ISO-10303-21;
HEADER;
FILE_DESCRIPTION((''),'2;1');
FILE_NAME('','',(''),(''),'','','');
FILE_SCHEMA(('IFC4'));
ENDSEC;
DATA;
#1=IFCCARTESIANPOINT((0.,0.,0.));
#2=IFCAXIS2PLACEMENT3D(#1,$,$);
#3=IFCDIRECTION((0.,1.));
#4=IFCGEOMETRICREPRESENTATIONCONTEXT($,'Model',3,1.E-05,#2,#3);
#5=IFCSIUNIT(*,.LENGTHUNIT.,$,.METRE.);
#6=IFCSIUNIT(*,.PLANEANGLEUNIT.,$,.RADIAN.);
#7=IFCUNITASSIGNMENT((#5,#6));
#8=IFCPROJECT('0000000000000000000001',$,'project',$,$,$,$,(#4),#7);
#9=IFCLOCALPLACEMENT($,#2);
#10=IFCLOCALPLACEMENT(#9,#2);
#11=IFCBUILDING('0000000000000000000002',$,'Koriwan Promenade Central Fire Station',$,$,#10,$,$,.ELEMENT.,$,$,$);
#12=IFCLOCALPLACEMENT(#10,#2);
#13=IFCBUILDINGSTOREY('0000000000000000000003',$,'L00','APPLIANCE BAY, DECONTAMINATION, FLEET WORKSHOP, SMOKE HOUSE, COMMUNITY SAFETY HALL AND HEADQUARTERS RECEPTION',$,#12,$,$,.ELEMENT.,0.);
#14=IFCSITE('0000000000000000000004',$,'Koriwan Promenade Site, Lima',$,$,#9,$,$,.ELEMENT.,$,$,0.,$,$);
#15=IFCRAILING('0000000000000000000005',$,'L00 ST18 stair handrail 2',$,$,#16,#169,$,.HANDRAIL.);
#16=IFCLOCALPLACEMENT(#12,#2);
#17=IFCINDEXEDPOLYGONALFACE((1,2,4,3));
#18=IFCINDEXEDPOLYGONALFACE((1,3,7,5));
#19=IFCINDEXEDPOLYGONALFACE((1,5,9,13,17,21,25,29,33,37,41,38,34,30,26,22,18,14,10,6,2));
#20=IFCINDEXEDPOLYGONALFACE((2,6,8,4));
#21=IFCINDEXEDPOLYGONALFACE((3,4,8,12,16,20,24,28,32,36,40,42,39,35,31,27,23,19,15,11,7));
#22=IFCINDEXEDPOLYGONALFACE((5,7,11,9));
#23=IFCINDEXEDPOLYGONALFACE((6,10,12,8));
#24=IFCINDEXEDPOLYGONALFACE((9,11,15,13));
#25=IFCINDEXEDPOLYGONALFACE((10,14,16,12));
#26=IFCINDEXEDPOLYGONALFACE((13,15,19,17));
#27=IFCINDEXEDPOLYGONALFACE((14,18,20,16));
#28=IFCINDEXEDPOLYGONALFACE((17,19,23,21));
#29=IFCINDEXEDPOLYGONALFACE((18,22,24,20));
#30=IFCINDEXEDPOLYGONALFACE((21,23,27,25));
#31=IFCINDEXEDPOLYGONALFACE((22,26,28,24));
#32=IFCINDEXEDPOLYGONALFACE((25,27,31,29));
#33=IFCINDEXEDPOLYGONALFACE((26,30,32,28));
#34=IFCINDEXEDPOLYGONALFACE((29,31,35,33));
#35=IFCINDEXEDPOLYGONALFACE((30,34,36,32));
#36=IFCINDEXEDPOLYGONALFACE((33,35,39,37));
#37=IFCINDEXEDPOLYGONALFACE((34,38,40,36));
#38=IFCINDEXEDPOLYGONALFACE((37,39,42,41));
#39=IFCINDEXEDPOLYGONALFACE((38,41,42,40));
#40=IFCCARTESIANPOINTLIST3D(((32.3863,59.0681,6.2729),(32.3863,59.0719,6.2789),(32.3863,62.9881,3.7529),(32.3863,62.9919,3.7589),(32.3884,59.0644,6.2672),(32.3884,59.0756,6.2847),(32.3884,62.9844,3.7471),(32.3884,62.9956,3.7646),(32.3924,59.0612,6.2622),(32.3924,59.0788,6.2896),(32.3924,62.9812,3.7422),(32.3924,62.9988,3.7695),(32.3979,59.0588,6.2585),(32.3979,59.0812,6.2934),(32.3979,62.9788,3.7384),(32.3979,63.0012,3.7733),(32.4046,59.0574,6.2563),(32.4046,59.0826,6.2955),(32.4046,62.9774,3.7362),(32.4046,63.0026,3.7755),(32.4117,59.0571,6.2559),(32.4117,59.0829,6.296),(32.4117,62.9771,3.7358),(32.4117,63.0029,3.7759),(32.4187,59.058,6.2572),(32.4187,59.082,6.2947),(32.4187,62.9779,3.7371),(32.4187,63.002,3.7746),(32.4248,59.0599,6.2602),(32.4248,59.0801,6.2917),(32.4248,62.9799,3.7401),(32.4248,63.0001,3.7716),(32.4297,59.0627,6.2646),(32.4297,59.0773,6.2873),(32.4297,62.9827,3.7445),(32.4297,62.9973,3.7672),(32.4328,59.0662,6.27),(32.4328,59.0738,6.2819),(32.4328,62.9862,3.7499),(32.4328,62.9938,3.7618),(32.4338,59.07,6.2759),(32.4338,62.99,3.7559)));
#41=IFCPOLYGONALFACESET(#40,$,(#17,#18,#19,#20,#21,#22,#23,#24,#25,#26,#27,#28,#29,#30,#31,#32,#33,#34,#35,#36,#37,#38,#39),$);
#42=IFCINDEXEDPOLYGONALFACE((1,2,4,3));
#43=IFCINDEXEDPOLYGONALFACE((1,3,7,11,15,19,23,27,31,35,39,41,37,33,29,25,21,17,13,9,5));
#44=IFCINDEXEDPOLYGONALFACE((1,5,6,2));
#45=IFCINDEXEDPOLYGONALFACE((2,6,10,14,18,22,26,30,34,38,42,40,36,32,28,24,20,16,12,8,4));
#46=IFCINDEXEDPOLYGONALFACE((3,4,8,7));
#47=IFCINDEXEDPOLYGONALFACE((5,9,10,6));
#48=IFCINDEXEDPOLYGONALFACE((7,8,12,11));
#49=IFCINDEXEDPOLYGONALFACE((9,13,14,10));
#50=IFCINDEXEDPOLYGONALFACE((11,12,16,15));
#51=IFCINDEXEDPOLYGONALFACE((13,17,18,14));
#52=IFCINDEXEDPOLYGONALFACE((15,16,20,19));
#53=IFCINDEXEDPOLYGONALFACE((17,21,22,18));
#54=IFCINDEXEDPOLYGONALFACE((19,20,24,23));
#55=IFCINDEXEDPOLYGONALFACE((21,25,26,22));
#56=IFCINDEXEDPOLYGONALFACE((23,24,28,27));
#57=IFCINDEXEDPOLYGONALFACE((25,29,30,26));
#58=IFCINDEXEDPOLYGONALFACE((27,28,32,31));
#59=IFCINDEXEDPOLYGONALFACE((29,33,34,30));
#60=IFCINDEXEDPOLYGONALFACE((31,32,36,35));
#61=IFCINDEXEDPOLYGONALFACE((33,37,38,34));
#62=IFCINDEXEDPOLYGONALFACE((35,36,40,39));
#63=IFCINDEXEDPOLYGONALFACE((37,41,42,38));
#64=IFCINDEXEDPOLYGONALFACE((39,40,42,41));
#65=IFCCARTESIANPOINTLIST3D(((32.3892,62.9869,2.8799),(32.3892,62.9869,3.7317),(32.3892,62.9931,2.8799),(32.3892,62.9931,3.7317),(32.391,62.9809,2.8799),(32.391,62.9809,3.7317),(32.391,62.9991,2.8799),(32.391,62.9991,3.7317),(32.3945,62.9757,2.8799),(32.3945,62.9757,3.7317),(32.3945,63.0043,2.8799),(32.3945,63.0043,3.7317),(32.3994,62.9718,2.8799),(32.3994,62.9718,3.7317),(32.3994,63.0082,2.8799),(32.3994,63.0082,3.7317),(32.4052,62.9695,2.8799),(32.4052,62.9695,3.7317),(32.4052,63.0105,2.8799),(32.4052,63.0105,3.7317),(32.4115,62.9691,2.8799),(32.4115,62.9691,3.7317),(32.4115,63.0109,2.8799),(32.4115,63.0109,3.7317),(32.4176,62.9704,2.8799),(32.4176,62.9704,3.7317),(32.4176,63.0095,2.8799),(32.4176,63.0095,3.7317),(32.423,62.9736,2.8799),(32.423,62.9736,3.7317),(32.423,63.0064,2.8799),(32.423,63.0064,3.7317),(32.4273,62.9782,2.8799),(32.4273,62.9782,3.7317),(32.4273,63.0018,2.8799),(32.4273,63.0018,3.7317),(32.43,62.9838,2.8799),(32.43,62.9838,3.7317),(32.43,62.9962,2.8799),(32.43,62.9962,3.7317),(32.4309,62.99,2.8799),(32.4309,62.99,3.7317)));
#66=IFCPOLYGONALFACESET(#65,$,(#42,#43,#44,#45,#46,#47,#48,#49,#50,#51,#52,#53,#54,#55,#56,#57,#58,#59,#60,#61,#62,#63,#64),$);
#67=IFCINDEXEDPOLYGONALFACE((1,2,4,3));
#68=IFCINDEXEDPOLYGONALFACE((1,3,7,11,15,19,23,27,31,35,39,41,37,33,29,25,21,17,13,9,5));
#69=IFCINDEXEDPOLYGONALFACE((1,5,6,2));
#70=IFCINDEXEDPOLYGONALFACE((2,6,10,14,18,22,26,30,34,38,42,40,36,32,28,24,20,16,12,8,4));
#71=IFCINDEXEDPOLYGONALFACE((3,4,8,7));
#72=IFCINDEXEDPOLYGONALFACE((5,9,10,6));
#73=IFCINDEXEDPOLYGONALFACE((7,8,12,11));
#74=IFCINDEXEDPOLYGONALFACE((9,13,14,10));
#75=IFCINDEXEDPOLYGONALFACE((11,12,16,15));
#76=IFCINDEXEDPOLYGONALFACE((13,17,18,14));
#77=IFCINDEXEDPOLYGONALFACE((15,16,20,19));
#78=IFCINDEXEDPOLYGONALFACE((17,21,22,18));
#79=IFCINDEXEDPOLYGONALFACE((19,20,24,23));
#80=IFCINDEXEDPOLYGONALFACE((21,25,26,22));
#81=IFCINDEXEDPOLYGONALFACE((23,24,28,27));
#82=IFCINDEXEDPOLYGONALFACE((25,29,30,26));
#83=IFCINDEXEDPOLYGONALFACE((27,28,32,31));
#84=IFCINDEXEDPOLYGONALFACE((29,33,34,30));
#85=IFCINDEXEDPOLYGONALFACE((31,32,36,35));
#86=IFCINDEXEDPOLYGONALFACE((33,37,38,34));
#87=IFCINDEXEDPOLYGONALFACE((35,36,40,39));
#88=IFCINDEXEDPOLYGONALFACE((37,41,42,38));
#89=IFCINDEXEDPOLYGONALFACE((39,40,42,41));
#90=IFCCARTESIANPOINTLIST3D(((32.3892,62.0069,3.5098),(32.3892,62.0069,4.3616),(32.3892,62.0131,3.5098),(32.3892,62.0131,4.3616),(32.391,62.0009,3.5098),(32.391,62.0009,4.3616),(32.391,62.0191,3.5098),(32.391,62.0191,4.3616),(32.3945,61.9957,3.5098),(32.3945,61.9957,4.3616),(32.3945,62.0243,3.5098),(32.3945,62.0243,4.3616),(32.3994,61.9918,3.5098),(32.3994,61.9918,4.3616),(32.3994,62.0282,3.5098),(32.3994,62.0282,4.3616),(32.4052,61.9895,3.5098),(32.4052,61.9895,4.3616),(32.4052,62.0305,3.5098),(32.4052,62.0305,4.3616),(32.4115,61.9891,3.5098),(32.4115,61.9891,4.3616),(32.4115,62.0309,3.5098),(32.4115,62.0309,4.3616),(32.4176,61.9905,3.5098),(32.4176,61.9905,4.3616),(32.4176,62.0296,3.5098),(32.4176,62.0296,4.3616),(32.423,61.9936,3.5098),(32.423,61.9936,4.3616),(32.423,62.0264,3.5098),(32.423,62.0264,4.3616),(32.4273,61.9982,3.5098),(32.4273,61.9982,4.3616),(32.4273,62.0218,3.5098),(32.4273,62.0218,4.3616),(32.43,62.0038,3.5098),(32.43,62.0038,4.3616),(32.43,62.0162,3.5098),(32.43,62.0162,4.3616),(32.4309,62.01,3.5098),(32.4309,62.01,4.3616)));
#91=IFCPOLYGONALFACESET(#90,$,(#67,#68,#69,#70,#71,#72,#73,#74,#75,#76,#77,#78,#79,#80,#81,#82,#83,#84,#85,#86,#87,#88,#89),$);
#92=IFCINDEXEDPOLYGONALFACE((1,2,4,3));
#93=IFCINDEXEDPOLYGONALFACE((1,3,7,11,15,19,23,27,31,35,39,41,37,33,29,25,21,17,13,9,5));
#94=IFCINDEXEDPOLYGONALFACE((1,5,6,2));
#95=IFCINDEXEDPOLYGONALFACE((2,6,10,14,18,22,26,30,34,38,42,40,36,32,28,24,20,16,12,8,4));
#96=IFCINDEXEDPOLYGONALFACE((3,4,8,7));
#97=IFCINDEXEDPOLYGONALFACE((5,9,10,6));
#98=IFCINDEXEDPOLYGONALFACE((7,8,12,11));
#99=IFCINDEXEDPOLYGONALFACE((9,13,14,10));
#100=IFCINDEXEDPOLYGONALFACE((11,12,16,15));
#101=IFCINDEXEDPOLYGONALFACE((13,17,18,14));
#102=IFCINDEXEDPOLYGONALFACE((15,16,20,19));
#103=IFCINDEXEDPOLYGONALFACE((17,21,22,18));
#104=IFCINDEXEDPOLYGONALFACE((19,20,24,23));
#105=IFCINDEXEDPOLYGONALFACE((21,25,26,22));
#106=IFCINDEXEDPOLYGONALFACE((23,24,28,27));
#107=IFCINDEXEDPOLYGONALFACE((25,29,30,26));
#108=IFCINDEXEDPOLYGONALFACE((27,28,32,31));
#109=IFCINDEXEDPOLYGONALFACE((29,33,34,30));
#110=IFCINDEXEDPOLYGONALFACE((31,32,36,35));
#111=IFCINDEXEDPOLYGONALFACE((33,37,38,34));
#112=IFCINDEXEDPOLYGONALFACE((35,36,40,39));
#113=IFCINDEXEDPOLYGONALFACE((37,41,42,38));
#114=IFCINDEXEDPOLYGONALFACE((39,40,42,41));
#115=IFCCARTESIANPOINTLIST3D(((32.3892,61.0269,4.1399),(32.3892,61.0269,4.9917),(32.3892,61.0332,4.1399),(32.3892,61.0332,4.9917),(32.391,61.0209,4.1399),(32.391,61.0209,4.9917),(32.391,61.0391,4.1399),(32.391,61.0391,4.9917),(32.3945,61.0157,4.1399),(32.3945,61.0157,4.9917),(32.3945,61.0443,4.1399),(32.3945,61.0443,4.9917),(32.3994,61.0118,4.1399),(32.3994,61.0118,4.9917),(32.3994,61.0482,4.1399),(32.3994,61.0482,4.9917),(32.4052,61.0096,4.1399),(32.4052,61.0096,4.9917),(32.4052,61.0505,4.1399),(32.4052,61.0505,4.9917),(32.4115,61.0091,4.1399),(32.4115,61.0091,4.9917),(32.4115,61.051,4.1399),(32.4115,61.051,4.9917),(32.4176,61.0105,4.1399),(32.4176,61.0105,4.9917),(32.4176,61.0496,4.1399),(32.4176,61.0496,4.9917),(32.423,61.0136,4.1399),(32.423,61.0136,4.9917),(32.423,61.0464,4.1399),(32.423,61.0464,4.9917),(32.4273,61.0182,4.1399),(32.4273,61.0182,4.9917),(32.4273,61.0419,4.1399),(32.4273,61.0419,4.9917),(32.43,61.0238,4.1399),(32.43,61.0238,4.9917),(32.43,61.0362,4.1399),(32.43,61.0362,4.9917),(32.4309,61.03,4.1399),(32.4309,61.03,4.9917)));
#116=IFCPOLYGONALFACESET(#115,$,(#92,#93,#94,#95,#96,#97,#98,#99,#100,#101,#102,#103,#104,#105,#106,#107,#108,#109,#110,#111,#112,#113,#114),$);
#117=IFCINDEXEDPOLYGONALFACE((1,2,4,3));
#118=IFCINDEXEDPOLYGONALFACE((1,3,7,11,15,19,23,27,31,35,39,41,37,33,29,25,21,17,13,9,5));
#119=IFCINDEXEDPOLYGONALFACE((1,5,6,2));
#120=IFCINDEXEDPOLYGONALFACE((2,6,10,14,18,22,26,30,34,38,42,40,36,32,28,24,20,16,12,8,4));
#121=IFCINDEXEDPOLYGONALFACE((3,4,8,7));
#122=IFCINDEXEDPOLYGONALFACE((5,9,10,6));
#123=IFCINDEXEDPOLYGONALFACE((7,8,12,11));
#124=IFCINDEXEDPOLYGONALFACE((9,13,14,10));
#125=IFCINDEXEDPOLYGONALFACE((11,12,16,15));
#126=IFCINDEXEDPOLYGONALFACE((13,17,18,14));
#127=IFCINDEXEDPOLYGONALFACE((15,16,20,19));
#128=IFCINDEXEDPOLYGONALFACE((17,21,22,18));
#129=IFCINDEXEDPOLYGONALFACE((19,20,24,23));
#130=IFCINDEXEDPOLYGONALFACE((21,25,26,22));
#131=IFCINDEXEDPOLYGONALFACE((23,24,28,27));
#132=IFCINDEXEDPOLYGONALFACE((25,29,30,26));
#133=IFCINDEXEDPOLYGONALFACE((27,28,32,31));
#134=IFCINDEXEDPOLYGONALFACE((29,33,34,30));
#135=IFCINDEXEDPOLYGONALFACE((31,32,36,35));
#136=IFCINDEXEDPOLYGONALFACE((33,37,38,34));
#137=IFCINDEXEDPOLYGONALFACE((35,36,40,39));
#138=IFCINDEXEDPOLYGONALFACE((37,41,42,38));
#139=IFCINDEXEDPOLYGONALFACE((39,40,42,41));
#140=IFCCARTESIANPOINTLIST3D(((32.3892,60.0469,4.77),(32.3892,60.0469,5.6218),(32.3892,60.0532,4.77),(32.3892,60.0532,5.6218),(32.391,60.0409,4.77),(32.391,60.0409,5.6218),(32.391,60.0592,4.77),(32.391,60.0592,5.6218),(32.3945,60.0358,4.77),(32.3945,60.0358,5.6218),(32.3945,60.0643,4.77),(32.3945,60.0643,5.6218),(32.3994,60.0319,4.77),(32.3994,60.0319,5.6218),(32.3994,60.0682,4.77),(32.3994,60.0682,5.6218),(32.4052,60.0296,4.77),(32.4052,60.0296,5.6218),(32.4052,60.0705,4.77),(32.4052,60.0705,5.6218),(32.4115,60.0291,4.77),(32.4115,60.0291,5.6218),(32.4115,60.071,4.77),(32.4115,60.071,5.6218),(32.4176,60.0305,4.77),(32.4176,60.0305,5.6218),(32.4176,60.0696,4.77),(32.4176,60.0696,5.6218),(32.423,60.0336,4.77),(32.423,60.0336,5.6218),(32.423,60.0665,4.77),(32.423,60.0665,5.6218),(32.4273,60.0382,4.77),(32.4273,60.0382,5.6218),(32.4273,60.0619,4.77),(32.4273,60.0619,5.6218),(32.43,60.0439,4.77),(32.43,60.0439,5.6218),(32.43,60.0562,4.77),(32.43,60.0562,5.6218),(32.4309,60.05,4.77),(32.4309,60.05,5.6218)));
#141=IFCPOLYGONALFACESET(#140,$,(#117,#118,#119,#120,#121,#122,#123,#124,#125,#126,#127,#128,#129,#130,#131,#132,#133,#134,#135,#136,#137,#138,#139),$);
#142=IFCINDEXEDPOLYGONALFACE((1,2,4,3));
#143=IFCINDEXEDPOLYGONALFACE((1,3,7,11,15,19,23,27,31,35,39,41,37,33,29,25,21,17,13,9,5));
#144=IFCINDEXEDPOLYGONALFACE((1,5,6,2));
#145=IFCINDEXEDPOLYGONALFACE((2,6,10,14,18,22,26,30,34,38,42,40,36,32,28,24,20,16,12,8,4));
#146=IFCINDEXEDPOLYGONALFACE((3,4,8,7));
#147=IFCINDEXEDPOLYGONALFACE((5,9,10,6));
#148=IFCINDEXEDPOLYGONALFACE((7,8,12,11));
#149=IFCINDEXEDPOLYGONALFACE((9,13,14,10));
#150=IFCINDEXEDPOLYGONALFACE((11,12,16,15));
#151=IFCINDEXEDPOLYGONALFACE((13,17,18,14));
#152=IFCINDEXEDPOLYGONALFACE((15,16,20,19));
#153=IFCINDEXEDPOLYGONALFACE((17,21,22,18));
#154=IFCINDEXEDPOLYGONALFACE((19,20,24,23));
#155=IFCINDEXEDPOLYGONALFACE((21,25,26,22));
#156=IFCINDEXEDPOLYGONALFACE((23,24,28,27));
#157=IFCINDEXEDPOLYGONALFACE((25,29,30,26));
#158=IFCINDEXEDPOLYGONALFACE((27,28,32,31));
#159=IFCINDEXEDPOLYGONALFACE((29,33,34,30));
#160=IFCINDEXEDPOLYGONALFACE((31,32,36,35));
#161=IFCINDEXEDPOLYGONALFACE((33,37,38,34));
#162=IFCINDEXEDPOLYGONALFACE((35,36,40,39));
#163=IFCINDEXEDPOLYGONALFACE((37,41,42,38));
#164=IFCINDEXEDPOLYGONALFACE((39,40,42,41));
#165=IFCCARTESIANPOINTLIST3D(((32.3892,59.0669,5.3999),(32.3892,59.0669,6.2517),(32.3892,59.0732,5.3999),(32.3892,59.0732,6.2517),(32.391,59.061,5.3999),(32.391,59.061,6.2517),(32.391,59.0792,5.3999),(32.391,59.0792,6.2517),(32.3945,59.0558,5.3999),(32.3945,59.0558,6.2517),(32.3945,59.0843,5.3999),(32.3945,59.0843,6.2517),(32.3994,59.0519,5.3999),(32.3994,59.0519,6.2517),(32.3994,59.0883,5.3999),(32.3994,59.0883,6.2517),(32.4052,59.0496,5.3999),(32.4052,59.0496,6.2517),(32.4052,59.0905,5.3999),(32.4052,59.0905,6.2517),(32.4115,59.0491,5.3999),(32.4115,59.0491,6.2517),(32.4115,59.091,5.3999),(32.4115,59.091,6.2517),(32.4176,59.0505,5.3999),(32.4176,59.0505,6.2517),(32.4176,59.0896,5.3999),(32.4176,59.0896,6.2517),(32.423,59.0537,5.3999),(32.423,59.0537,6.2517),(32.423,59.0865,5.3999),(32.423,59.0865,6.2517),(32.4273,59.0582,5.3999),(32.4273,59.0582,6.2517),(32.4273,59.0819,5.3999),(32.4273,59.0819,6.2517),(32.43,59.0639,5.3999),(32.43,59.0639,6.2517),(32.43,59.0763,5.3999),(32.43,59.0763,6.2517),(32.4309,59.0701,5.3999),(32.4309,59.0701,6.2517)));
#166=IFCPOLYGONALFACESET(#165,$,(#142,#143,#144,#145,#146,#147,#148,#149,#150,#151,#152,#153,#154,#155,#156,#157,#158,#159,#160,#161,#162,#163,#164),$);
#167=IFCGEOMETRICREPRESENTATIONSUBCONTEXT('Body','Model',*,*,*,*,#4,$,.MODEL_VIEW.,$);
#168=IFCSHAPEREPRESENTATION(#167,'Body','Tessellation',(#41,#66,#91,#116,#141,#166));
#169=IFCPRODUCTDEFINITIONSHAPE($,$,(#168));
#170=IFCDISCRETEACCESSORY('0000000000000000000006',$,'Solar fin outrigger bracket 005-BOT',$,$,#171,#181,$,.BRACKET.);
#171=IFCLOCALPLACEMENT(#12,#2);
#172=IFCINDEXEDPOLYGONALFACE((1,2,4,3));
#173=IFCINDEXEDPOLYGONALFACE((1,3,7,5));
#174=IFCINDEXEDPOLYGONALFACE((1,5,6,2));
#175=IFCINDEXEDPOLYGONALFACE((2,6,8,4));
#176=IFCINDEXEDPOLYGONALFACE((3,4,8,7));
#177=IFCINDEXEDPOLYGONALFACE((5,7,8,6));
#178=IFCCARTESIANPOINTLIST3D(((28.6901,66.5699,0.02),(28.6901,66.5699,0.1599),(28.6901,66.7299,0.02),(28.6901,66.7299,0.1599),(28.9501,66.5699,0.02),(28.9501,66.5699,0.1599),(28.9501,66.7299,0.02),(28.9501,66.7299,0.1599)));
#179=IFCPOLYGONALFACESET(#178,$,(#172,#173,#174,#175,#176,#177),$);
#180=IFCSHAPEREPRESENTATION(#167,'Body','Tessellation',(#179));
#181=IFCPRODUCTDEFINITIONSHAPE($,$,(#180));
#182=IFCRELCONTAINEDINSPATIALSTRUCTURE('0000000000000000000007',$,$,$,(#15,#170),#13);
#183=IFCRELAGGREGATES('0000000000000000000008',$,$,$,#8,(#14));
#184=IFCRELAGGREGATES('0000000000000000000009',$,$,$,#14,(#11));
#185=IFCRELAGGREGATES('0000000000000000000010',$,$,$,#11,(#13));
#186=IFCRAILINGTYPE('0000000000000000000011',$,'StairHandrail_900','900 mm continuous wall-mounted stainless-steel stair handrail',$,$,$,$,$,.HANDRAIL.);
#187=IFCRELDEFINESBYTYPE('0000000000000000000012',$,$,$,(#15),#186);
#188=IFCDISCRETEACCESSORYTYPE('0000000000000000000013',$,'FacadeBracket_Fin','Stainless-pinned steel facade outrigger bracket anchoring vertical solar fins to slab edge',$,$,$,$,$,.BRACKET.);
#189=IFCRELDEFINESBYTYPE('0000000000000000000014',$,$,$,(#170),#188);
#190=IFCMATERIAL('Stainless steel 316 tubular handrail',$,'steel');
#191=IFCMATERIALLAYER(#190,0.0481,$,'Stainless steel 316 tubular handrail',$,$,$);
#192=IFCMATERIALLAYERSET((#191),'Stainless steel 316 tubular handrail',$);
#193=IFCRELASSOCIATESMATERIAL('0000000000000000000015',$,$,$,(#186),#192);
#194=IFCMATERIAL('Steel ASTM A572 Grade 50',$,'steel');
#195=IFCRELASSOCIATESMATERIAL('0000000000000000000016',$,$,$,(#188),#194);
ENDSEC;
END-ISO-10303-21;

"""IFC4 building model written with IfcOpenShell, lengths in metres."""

from ifc_helpers import new_model, si_unit, direction, frame, origin, origin_2d, place, context, subcontext, project, spatial, rectangle, circle, extrude, material, layer, layer_set, type_object, element, save


model = new_model("IFC4")

# Units and contexts
model_context = context("Model", 3, precision=1e-05, world=origin(), true_north=direction((0.0, 1.0)))
body_context = subcontext(model_context, "Body", "Model", "MODEL_VIEW")
ifc_project = project(units=[si_unit("LENGTHUNIT", "METRE"), si_unit("PLANEANGLEUNIT", "RADIAN")], contexts=[model_context])

# Site, building, storey
site_placement = place(None, origin())
site = spatial("IfcSite", under=ifc_project, at=site_placement, Name="Koriwan Promenade Site, Lima", CompositionType="ELEMENT", RefElevation=0.0)
building_placement = place(site_placement, origin())
building = spatial("IfcBuilding", under=site, at=building_placement, Name="Koriwan Promenade Central Fire Station", CompositionType="ELEMENT")
storey_placement = place(building_placement, origin())
storey = spatial("IfcBuildingStorey", under=building, at=storey_placement, Name="L00", Description="APPLIANCE BAY, DECONTAMINATION, FLEET WORKSHOP, SMOKE HOUSE, COMMUNITY SAFETY HALL AND HEADQUARTERS RECEPTION", CompositionType="ELEMENT", Elevation=0.0)

# Railing
ifc_material_1 = material(Name="Stainless steel 316 tubular handrail", Category="steel")
ifc_layer_1 = layer(ifc_material_1, 0.0481, Name="Stainless steel 316 tubular handrail")
ifc_layer_set_1 = layer_set([ifc_layer_1], Name="Stainless steel 316 tubular handrail")
railing_type = type_object("IfcRailingType", Name="StairHandrail_900", Description="900 mm continuous wall-mounted stainless-steel stair handrail", PredefinedType="HANDRAIL", material=ifc_layer_set_1)
railing_placement = place(storey_placement, frame((32.4099, 62.99, 2.8799)))
element("IfcRailing", 1, at=railing_placement, inside=storey, type_object=railing_type, Name="L00 ST18 stair handrail 2", PredefinedType="HANDRAIL", context=body_context, shape_type="SweptSolid", body=[
    extrude(circle(Radius=0.0239, at=origin_2d()), frame((0.0, 0.0, 0.876), z_axis=(0.0, -0.841172, 0.540768), x_axis=(1.0, 0.0, 0.0)), (0.0, 0.0, 1.0), 4.6602),
    extrude(circle(Radius=0.021, at=origin_2d()), origin(), (0.0, 0.0, 1.0), 0.8518),
    extrude(circle(Radius=0.021, at=origin_2d()), frame((0.0, -0.98, 0.6299)), (0.0, 0.0, 1.0), 0.8518),
    extrude(circle(Radius=0.021, at=origin_2d()), frame((0.0, -1.96, 1.26)), (0.0, 0.0, 1.0), 0.8518),
    extrude(circle(Radius=0.021, at=origin_2d()), frame((0.0, -2.9399, 1.8901)), (0.0, 0.0, 1.0), 0.8518),
    extrude(circle(Radius=0.021, at=origin_2d()), frame((0.0, -3.9199, 2.52)), (0.0, 0.0, 1.0), 0.8518),
])

# Discrete accessory
ifc_material_2 = material(Name="Steel ASTM A572 Grade 50", Category="steel")
discrete_accessory_type = type_object("IfcDiscreteAccessoryType", Name="FacadeBracket_Fin", Description="Stainless-pinned steel facade outrigger bracket anchoring vertical solar fins to slab edge", PredefinedType="BRACKET", material=ifc_material_2)
discrete_accessory_placement = place(storey_placement, frame((28.8201, 66.6499, 0.02), z_axis=(0.0, 0.0, 1.0), x_axis=(1.0, 0.0, 0.0)))
element("IfcDiscreteAccessory", 2, at=discrete_accessory_placement, inside=storey, type_object=discrete_accessory_type, Name="Solar fin outrigger bracket 005-BOT", PredefinedType="BRACKET", context=body_context, shape_type="SweptSolid", body=[
    extrude(rectangle(XDim=0.26, YDim=0.1599, at=origin_2d()), origin(), (0.0, 0.0, 1.0), 0.1399),
])

save(model, "model.ifc")
